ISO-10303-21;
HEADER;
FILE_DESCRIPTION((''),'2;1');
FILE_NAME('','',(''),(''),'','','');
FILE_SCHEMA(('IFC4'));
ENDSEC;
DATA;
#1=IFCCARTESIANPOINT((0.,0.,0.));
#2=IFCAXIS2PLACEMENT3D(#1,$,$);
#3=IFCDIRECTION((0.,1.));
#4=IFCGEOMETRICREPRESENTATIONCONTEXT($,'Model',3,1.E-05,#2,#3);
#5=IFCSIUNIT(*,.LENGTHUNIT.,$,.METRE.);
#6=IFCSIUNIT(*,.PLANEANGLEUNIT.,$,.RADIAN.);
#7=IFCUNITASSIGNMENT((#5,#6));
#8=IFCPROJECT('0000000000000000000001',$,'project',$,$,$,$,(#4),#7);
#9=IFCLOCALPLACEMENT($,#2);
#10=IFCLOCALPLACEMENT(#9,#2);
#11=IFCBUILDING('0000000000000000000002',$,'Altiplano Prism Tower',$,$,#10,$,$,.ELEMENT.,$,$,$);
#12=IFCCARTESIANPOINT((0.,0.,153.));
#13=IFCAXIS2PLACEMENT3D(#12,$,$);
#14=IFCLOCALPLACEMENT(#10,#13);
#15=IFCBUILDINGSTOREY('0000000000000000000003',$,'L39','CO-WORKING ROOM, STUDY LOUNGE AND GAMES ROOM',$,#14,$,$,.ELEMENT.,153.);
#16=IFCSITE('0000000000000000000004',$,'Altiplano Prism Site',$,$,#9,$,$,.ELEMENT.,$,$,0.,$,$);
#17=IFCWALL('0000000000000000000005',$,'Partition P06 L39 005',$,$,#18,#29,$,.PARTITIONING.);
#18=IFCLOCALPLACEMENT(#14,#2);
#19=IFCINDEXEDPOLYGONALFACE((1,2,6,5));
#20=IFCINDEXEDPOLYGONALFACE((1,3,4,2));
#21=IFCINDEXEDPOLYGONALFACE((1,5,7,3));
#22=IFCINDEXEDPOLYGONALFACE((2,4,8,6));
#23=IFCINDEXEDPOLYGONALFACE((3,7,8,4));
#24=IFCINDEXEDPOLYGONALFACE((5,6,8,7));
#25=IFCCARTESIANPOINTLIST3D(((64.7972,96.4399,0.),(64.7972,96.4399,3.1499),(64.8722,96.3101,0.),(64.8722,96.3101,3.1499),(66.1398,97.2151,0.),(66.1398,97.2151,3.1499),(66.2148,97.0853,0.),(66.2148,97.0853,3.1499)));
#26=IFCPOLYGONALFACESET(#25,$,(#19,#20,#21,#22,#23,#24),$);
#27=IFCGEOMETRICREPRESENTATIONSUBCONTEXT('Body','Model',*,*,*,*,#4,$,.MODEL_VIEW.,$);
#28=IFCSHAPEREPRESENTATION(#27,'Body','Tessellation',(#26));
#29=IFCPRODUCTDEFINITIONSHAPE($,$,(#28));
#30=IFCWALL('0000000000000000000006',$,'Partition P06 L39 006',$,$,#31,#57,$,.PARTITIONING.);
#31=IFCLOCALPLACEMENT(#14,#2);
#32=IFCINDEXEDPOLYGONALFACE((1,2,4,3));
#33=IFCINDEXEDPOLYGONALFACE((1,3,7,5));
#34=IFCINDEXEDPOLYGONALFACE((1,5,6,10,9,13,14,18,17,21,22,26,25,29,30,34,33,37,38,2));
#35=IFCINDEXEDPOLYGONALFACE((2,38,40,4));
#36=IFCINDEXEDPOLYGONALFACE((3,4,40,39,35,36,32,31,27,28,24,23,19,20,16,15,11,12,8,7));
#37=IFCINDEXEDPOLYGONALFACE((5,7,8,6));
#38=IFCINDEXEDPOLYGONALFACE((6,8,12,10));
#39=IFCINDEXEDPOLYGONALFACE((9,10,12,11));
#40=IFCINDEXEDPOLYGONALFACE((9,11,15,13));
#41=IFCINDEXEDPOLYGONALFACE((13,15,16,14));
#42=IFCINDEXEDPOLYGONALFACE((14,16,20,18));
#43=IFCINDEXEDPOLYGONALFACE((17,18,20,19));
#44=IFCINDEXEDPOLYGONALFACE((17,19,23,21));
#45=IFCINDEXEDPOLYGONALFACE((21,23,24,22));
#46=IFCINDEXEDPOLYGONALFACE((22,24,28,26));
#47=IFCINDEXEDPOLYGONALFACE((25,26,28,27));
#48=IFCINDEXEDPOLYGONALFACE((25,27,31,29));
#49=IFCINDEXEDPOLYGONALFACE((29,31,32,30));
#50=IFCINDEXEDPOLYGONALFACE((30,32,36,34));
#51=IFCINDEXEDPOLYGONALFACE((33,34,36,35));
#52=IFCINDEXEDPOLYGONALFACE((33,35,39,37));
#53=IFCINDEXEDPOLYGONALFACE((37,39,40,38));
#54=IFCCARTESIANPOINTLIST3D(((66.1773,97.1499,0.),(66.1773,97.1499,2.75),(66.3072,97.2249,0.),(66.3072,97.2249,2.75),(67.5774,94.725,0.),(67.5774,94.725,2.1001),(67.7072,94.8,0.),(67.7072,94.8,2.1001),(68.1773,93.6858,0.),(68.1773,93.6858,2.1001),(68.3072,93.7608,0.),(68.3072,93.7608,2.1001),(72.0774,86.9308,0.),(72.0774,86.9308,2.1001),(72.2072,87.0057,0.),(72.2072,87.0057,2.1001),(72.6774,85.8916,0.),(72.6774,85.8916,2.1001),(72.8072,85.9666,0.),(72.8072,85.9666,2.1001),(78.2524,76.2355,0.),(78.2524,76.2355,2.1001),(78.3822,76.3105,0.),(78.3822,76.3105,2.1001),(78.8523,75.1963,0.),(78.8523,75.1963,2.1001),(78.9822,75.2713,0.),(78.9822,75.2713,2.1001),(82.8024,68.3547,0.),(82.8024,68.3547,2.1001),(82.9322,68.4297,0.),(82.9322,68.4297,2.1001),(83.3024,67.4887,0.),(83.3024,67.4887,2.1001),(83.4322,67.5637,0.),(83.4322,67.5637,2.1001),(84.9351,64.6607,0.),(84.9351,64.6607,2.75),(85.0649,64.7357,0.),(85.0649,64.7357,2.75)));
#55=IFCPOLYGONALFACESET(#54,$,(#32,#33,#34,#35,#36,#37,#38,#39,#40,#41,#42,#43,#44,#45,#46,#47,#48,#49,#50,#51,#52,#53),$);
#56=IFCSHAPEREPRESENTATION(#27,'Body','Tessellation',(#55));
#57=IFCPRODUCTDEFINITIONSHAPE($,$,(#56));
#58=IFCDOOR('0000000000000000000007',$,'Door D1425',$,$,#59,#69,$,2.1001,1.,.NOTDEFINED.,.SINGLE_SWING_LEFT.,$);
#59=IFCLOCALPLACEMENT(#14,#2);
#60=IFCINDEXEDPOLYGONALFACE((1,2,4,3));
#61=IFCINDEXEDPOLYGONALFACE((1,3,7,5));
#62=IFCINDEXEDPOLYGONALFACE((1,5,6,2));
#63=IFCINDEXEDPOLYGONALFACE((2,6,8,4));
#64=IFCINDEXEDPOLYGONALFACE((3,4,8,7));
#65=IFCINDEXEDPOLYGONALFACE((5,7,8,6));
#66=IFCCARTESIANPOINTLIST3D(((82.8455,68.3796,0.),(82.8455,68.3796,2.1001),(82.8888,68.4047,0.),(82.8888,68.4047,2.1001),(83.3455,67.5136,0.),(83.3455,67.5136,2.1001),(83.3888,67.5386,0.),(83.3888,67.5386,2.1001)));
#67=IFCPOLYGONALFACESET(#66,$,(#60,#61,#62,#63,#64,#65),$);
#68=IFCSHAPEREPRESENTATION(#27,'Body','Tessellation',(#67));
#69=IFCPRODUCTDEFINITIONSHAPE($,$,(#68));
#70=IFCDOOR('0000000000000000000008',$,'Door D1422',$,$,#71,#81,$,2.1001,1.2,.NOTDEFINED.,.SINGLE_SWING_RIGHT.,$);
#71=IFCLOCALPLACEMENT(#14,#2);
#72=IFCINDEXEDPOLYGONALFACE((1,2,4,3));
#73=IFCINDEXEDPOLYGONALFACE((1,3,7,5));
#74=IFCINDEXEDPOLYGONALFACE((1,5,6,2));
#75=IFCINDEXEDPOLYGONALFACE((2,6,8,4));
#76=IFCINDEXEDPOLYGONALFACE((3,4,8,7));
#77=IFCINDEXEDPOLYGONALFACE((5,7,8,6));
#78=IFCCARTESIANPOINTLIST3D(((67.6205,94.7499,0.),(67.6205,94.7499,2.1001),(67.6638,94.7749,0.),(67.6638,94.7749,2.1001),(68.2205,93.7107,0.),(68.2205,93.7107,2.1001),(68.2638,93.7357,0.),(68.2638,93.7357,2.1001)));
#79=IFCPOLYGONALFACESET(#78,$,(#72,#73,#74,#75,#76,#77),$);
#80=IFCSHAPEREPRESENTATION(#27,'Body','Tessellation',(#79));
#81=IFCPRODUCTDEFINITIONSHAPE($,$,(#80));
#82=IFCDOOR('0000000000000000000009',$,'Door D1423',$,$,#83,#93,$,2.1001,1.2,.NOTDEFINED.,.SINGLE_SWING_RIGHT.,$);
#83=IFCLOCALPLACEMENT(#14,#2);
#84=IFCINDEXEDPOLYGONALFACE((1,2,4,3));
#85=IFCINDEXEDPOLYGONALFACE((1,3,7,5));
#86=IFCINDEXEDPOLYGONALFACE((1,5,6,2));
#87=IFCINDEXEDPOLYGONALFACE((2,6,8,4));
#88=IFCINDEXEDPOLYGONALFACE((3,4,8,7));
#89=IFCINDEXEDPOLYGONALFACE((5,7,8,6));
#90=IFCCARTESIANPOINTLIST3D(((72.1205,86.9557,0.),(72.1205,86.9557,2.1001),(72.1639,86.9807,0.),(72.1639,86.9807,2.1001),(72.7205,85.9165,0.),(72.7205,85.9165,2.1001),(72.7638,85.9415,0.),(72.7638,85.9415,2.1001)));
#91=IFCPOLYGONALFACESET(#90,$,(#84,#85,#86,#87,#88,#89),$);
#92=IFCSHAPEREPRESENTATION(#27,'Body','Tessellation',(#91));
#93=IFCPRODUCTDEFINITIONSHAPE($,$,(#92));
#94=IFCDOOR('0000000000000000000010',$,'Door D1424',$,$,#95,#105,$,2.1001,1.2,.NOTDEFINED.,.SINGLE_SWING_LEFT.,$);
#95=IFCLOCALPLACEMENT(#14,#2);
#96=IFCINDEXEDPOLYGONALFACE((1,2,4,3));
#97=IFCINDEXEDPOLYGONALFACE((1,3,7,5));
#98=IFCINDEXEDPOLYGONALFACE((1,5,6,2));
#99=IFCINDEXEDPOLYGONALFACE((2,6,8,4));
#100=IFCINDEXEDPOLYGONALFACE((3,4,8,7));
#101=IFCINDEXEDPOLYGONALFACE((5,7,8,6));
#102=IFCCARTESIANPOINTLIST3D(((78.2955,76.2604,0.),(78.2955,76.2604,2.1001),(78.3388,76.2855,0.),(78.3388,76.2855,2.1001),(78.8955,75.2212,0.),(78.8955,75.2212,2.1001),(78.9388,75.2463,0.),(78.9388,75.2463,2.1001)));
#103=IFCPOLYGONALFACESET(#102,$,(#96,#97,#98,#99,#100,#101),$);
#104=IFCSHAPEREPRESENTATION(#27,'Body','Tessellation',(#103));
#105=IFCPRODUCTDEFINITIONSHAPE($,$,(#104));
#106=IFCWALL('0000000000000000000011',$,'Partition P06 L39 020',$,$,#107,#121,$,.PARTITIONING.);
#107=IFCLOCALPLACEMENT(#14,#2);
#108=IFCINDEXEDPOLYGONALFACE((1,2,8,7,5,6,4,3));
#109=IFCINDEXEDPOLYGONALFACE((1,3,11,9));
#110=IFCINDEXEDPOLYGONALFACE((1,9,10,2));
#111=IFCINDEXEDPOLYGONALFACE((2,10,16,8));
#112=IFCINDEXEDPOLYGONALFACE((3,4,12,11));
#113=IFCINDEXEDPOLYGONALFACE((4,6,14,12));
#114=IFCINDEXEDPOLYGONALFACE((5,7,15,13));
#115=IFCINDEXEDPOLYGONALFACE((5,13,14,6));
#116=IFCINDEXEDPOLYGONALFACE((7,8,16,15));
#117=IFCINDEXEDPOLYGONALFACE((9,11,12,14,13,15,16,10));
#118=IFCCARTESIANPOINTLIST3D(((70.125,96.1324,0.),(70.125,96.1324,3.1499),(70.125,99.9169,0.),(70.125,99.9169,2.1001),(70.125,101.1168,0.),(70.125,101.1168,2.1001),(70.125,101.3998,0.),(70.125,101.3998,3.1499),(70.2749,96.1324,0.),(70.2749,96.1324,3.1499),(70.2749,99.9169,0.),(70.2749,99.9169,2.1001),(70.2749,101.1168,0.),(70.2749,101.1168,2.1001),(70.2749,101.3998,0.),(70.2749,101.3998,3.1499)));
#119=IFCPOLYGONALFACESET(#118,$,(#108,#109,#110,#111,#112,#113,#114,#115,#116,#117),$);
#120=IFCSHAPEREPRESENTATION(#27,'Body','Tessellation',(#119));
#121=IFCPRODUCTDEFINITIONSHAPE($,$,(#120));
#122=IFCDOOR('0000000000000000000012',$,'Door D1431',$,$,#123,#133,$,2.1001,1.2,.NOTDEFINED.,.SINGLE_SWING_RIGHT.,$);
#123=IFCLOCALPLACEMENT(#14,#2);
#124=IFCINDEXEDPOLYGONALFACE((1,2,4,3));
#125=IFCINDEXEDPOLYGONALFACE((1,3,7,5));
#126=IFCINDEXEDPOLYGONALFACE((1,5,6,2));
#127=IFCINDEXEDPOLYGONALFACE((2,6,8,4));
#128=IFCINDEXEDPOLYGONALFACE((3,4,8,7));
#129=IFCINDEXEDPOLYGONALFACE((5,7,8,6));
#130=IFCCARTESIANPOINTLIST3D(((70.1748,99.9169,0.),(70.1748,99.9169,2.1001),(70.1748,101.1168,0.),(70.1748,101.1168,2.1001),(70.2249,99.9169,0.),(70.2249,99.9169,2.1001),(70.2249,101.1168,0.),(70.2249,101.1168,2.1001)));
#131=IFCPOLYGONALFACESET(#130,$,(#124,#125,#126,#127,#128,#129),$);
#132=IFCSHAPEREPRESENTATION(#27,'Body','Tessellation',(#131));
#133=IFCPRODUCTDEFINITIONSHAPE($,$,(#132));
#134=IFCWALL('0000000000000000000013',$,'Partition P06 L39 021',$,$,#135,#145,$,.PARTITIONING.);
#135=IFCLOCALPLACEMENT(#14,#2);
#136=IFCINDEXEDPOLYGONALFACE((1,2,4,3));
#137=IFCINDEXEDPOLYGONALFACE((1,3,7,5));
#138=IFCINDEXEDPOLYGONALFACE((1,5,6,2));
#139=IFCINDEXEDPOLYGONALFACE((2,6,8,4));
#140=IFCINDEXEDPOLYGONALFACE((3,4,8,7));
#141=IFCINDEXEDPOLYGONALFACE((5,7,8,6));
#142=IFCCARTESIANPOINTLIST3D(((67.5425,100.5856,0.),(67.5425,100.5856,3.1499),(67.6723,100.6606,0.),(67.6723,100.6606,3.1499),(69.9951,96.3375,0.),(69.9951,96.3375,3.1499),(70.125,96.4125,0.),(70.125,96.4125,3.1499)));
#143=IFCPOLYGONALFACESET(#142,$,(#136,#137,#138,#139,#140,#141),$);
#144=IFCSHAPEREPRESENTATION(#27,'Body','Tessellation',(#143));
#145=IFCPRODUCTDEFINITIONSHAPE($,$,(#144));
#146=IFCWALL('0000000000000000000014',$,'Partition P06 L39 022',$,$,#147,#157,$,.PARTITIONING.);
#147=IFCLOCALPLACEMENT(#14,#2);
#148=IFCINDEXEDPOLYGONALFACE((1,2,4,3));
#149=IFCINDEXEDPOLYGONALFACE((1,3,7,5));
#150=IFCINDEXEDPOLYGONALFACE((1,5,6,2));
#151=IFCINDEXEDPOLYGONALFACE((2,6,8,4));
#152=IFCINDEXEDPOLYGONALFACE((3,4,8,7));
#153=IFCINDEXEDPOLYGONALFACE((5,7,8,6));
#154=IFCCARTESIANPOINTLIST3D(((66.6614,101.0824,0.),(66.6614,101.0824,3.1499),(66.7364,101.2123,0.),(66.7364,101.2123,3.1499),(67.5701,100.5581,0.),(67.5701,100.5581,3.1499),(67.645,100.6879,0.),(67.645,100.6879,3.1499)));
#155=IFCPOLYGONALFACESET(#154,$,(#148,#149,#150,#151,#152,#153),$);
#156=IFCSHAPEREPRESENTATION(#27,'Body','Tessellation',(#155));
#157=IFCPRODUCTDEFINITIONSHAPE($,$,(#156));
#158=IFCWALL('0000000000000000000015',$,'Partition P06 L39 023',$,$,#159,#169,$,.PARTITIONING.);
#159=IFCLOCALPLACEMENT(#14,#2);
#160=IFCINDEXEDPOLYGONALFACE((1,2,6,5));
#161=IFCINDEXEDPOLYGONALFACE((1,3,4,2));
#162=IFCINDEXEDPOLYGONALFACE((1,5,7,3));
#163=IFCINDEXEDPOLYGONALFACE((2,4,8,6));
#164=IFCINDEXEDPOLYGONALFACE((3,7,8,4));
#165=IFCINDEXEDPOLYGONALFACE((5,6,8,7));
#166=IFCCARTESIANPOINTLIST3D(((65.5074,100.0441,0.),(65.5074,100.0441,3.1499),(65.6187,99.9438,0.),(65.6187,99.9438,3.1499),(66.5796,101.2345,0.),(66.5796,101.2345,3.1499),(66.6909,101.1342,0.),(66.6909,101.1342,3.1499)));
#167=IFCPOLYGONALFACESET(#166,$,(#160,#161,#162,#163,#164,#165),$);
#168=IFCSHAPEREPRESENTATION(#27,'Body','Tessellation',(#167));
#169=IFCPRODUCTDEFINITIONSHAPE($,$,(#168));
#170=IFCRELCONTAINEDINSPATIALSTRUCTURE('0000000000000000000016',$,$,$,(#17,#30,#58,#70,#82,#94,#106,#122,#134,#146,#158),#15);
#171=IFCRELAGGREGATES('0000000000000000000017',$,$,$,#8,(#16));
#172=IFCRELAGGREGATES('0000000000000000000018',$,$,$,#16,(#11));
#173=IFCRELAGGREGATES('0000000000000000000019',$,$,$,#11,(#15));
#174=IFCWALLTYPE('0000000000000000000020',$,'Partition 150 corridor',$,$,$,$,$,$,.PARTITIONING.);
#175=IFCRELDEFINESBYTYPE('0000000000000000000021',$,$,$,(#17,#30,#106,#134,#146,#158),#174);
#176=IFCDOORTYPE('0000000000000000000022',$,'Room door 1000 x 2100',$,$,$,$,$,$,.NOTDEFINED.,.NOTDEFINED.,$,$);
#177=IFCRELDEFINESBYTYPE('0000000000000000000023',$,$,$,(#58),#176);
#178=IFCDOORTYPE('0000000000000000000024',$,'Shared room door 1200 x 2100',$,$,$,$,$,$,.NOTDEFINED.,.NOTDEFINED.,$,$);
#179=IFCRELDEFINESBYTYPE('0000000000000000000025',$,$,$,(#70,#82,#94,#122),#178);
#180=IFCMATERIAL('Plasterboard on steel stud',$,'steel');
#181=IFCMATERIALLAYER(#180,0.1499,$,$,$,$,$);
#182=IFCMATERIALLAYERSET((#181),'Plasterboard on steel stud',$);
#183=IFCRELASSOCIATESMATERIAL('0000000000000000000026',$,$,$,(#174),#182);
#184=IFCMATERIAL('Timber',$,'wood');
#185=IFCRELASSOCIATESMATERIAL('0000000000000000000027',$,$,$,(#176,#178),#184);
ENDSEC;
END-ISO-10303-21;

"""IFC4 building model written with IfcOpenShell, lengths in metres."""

from ifc_helpers import new_model, si_unit, direction, frame, frame_2d, origin, place, context, subcontext, project, spatial, rectangle, extrude, material, layer, layer_set, type_object, element, fill, save


model = new_model("IFC4")

# Units and contexts
model_context = context("Model", 3, precision=1e-05, world=origin(), true_north=direction((0.0, 1.0)))
body_context = subcontext(model_context, "Body", "Model", "MODEL_VIEW")
ifc_project = project(units=[si_unit("LENGTHUNIT", "METRE"), si_unit("PLANEANGLEUNIT", "RADIAN")], contexts=[model_context])

# Site, building, storey
site_placement = place(None, origin())
site = spatial("IfcSite", under=ifc_project, at=site_placement, Name="Altiplano Prism Site", CompositionType="ELEMENT", RefElevation=0.0)
building_placement = place(site_placement, origin())
building = spatial("IfcBuilding", under=site, at=building_placement, Name="Altiplano Prism Tower", CompositionType="ELEMENT")
storey_placement = place(building_placement, frame((0.0, 0.0, 153.0)))
storey = spatial("IfcBuildingStorey", under=building, at=storey_placement, Name="L39", Description="CO-WORKING ROOM, STUDY LOUNGE AND GAMES ROOM", CompositionType="ELEMENT", Elevation=153.0)

# Wall
ifc_material_1 = material(Name="Plasterboard on steel stud", Category="steel")
ifc_layer_1 = layer(ifc_material_1, 0.1499)
ifc_layer_set_1 = layer_set([ifc_layer_1], Name="Plasterboard on steel stud")
wall_type_1 = type_object("IfcWallType", Name="Partition 150 corridor", PredefinedType="PARTITIONING", material=ifc_layer_set_1)
wall_1_placement = place(storey_placement, frame((64.8347, 96.375, 0.0), z_axis=(0.0, 0.0, 1.0), x_axis=(0.866015, 0.500018, 0.0)))
element("IfcWall", 1, at=wall_1_placement, inside=storey, type_object=wall_type_1, Name="Partition P06 L39 005", PredefinedType="PARTITIONING", context=body_context, shape_type="SweptSolid", body=[
    extrude(rectangle(XDim=1.5503, YDim=0.1499, at=frame_2d((0.7751, 0.0))), origin(), (0.0, 0.0, 1.0), 3.1499),
])

# Wall, openings, doors
wall_2_placement = place(storey_placement, frame((66.2422, 97.1875, 0.0), z_axis=(0.0, 0.0, 1.0), x_axis=(0.500003, -0.866024, 0.0)))
wall_2 = element("IfcWall", 2, at=wall_2_placement, inside=storey, type_object=wall_type_1, Name="Partition P06 L39 006", PredefinedType="PARTITIONING", context=body_context, shape_type="SweptSolid", body=[
    extrude(rectangle(XDim=37.5154, YDim=0.1499, at=frame_2d((18.7578, 0.0))), origin(), (0.0, 0.0, 1.0), 2.75),
])
opening_1_placement = place(wall_2_placement, frame((2.8, 0.0, 0.0)))
opening_1 = element("IfcOpeningElement", 3, at=opening_1_placement, cuts=wall_2, PredefinedType="OPENING", context=body_context, shape_type="SweptSolid", body=[
    extrude(rectangle(XDim=1.2, YDim=2.1001, at=frame_2d((0.6001, 1.05))), frame((0.0, 0.0854, 0.0), z_axis=(0.0, -1.0, 0.0), x_axis=(1.0, 0.0, 0.0)), (0.0, 0.0, 1.0), 0.1709),
])
opening_2_placement = place(wall_2_placement, frame((11.8, 0.0, 0.0)))
opening_2 = element("IfcOpeningElement", 4, at=opening_2_placement, cuts=wall_2, PredefinedType="OPENING", context=body_context, shape_type="SweptSolid", body=[
    extrude(rectangle(XDim=1.2, YDim=2.1001, at=frame_2d((0.6001, 1.05))), frame((0.0, 0.0854, 0.0), z_axis=(0.0, -1.0, 0.0), x_axis=(1.0, 0.0, 0.0)), (0.0, 0.0, 1.0), 0.1709),
])
opening_3_placement = place(wall_2_placement, frame((24.1499, 0.0, 0.0)))
opening_3 = element("IfcOpeningElement", 5, at=opening_3_placement, cuts=wall_2, PredefinedType="OPENING", context=body_context, shape_type="SweptSolid", body=[
    extrude(rectangle(XDim=1.2, YDim=2.1001, at=frame_2d((0.6001, 1.05))), frame((0.0, 0.0854, 0.0), z_axis=(0.0, -1.0, 0.0), x_axis=(1.0, 0.0, 0.0)), (0.0, 0.0, 1.0), 0.1709),
])
opening_4_placement = place(wall_2_placement, frame((33.25, 0.0, 0.0)))
opening_4 = element("IfcOpeningElement", 6, at=opening_4_placement, cuts=wall_2, PredefinedType="OPENING", context=body_context, shape_type="SweptSolid", body=[
    extrude(rectangle(XDim=1.0, YDim=2.1001, at=frame_2d((0.5, 1.05))), frame((0.0, 0.0854, 0.0), z_axis=(0.0, -1.0, 0.0), x_axis=(1.0, 0.0, 0.0)), (0.0, 0.0, 1.0), 0.1709),
])
ifc_material_2 = material(Name="Timber", Category="wood")
door_type_1 = type_object("IfcDoorType", Name="Room door 1000 x 2100", OperationType="NOTDEFINED", PredefinedType="NOTDEFINED", material=ifc_material_2)
door_1_placement = place(opening_4_placement, origin())
door_1 = element("IfcDoor", 7, at=door_1_placement, inside=storey, type_object=door_type_1, Name="Door D1425", OperationType="SINGLE_SWING_LEFT", OverallHeight=2.1001, OverallWidth=1.0, PredefinedType="NOTDEFINED", context=body_context, shape_type="SweptSolid", body=[
    extrude(rectangle(XDim=1.0, YDim=2.1001, at=frame_2d((0.5, 1.05))), frame((0.0, 0.0249, 0.0), z_axis=(0.0, -1.0, 0.0), x_axis=(1.0, 0.0, 0.0)), (0.0, 0.0, 1.0), 0.05),
])
fill(opening_4, door_1)
door_type_2 = type_object("IfcDoorType", Name="Shared room door 1200 x 2100", OperationType="NOTDEFINED", PredefinedType="NOTDEFINED", material=ifc_material_2)
door_2_placement = place(opening_1_placement, origin())
door_2 = element("IfcDoor", 8, at=door_2_placement, inside=storey, type_object=door_type_2, Name="Door D1422", OperationType="SINGLE_SWING_RIGHT", OverallHeight=2.1001, OverallWidth=1.2, PredefinedType="NOTDEFINED", context=body_context, shape_type="SweptSolid", body=[
    extrude(rectangle(XDim=1.2, YDim=2.1001, at=frame_2d((0.6001, 1.05))), frame((0.0, 0.0249, 0.0), z_axis=(0.0, -1.0, 0.0), x_axis=(1.0, 0.0, 0.0)), (0.0, 0.0, 1.0), 0.05),
])
fill(opening_1, door_2)
door_3_placement = place(opening_2_placement, origin())
door_3 = element("IfcDoor", 9, at=door_3_placement, inside=storey, type_object=door_type_2, Name="Door D1423", OperationType="SINGLE_SWING_RIGHT", OverallHeight=2.1001, OverallWidth=1.2, PredefinedType="NOTDEFINED", context=body_context, shape_type="SweptSolid", body=[
    extrude(rectangle(XDim=1.2, YDim=2.1001, at=frame_2d((0.6001, 1.05))), frame((0.0, 0.0249, 0.0), z_axis=(0.0, -1.0, 0.0), x_axis=(1.0, 0.0, 0.0)), (0.0, 0.0, 1.0), 0.05),
])
fill(opening_2, door_3)
door_4_placement = place(opening_3_placement, origin())
door_4 = element("IfcDoor", 10, at=door_4_placement, inside=storey, type_object=door_type_2, Name="Door D1424", OperationType="SINGLE_SWING_LEFT", OverallHeight=2.1001, OverallWidth=1.2, PredefinedType="NOTDEFINED", context=body_context, shape_type="SweptSolid", body=[
    extrude(rectangle(XDim=1.2, YDim=2.1001, at=frame_2d((0.6001, 1.05))), frame((0.0, 0.0249, 0.0), z_axis=(0.0, -1.0, 0.0), x_axis=(1.0, 0.0, 0.0)), (0.0, 0.0, 1.0), 0.05),
])
fill(opening_3, door_4)

# Wall, opening, door
wall_3_placement = place(storey_placement, frame((70.2, 101.3999, 0.0), z_axis=(0.0, 0.0, 1.0), x_axis=(0.0, -1.0, 0.0)))
wall_3 = element("IfcWall", 11, at=wall_3_placement, inside=storey, type_object=wall_type_1, Name="Partition P06 L39 020", PredefinedType="PARTITIONING", context=body_context, shape_type="SweptSolid", body=[
    extrude(rectangle(XDim=5.2673, YDim=0.1499, at=frame_2d((2.6338, 0.0))), origin(), (0.0, 0.0, 1.0), 3.1499),
])
opening_5_placement = place(wall_3_placement, frame((0.283, 0.0, 0.0)))
opening_5 = element("IfcOpeningElement", 12, at=opening_5_placement, cuts=wall_3, PredefinedType="OPENING", context=body_context, shape_type="SweptSolid", body=[
    extrude(rectangle(XDim=1.2, YDim=2.1001, at=frame_2d((0.6001, 1.05))), frame((0.0, 0.0854, 0.0), z_axis=(0.0, -1.0, 0.0), x_axis=(1.0, 0.0, 0.0)), (0.0, 0.0, 1.0), 0.1709),
])
door_5_placement = place(opening_5_placement, origin())
door_5 = element("IfcDoor", 13, at=door_5_placement, inside=storey, type_object=door_type_2, Name="Door D1431", OperationType="SINGLE_SWING_RIGHT", OverallHeight=2.1001, OverallWidth=1.2, PredefinedType="NOTDEFINED", context=body_context, shape_type="SweptSolid", body=[
    extrude(rectangle(XDim=1.2, YDim=2.1001, at=frame_2d((0.6001, 1.05))), frame((0.0, 0.0249, 0.0), z_axis=(0.0, -1.0, 0.0), x_axis=(1.0, 0.0, 0.0)), (0.0, 0.0, 1.0), 0.05),
])
fill(opening_5, door_5)

# Walls
wall_4_placement = place(storey_placement, frame((70.0601, 96.375, 0.0), z_axis=(0.0, 0.0, 1.0), x_axis=(-0.500004, 0.866023, 0.0)))
element("IfcWall", 14, at=wall_4_placement, inside=storey, type_object=wall_type_1, Name="Partition P06 L39 021", PredefinedType="PARTITIONING", context=body_context, shape_type="SweptSolid", body=[
    extrude(rectangle(XDim=4.9053, YDim=0.1499, at=frame_2d((2.4526, 0.0))), origin(), (0.0, 0.0, 1.0), 3.1499),
])
wall_5_placement = place(storey_placement, frame((67.6074, 100.623, 0.0), z_axis=(0.0, 0.0, 1.0), x_axis=(-0.866116, 0.499843, 0.0)))
element("IfcWall", 15, at=wall_5_placement, inside=storey, type_object=wall_type_1, Name="Partition P06 L39 022", PredefinedType="PARTITIONING", context=body_context, shape_type="SweptSolid", body=[
    extrude(rectangle(XDim=1.0491, YDim=0.1499, at=frame_2d((0.5244, 0.0))), origin(), (0.0, 0.0, 1.0), 3.1499),
])
wall_6_placement = place(storey_placement, frame((66.6353, 101.1843, 0.0), z_axis=(0.0, 0.0, 1.0), x_axis=(-0.669268, -0.743021, 0.0)))
element("IfcWall", 16, at=wall_6_placement, inside=storey, type_object=wall_type_1, Name="Partition P06 L39 023", PredefinedType="PARTITIONING", context=body_context, shape_type="SweptSolid", body=[
    extrude(rectangle(XDim=1.6021, YDim=0.1499, at=frame_2d((0.801, 0.0))), origin(), (0.0, 0.0, 1.0), 3.1499),
])

save(model, "model.ifc")
